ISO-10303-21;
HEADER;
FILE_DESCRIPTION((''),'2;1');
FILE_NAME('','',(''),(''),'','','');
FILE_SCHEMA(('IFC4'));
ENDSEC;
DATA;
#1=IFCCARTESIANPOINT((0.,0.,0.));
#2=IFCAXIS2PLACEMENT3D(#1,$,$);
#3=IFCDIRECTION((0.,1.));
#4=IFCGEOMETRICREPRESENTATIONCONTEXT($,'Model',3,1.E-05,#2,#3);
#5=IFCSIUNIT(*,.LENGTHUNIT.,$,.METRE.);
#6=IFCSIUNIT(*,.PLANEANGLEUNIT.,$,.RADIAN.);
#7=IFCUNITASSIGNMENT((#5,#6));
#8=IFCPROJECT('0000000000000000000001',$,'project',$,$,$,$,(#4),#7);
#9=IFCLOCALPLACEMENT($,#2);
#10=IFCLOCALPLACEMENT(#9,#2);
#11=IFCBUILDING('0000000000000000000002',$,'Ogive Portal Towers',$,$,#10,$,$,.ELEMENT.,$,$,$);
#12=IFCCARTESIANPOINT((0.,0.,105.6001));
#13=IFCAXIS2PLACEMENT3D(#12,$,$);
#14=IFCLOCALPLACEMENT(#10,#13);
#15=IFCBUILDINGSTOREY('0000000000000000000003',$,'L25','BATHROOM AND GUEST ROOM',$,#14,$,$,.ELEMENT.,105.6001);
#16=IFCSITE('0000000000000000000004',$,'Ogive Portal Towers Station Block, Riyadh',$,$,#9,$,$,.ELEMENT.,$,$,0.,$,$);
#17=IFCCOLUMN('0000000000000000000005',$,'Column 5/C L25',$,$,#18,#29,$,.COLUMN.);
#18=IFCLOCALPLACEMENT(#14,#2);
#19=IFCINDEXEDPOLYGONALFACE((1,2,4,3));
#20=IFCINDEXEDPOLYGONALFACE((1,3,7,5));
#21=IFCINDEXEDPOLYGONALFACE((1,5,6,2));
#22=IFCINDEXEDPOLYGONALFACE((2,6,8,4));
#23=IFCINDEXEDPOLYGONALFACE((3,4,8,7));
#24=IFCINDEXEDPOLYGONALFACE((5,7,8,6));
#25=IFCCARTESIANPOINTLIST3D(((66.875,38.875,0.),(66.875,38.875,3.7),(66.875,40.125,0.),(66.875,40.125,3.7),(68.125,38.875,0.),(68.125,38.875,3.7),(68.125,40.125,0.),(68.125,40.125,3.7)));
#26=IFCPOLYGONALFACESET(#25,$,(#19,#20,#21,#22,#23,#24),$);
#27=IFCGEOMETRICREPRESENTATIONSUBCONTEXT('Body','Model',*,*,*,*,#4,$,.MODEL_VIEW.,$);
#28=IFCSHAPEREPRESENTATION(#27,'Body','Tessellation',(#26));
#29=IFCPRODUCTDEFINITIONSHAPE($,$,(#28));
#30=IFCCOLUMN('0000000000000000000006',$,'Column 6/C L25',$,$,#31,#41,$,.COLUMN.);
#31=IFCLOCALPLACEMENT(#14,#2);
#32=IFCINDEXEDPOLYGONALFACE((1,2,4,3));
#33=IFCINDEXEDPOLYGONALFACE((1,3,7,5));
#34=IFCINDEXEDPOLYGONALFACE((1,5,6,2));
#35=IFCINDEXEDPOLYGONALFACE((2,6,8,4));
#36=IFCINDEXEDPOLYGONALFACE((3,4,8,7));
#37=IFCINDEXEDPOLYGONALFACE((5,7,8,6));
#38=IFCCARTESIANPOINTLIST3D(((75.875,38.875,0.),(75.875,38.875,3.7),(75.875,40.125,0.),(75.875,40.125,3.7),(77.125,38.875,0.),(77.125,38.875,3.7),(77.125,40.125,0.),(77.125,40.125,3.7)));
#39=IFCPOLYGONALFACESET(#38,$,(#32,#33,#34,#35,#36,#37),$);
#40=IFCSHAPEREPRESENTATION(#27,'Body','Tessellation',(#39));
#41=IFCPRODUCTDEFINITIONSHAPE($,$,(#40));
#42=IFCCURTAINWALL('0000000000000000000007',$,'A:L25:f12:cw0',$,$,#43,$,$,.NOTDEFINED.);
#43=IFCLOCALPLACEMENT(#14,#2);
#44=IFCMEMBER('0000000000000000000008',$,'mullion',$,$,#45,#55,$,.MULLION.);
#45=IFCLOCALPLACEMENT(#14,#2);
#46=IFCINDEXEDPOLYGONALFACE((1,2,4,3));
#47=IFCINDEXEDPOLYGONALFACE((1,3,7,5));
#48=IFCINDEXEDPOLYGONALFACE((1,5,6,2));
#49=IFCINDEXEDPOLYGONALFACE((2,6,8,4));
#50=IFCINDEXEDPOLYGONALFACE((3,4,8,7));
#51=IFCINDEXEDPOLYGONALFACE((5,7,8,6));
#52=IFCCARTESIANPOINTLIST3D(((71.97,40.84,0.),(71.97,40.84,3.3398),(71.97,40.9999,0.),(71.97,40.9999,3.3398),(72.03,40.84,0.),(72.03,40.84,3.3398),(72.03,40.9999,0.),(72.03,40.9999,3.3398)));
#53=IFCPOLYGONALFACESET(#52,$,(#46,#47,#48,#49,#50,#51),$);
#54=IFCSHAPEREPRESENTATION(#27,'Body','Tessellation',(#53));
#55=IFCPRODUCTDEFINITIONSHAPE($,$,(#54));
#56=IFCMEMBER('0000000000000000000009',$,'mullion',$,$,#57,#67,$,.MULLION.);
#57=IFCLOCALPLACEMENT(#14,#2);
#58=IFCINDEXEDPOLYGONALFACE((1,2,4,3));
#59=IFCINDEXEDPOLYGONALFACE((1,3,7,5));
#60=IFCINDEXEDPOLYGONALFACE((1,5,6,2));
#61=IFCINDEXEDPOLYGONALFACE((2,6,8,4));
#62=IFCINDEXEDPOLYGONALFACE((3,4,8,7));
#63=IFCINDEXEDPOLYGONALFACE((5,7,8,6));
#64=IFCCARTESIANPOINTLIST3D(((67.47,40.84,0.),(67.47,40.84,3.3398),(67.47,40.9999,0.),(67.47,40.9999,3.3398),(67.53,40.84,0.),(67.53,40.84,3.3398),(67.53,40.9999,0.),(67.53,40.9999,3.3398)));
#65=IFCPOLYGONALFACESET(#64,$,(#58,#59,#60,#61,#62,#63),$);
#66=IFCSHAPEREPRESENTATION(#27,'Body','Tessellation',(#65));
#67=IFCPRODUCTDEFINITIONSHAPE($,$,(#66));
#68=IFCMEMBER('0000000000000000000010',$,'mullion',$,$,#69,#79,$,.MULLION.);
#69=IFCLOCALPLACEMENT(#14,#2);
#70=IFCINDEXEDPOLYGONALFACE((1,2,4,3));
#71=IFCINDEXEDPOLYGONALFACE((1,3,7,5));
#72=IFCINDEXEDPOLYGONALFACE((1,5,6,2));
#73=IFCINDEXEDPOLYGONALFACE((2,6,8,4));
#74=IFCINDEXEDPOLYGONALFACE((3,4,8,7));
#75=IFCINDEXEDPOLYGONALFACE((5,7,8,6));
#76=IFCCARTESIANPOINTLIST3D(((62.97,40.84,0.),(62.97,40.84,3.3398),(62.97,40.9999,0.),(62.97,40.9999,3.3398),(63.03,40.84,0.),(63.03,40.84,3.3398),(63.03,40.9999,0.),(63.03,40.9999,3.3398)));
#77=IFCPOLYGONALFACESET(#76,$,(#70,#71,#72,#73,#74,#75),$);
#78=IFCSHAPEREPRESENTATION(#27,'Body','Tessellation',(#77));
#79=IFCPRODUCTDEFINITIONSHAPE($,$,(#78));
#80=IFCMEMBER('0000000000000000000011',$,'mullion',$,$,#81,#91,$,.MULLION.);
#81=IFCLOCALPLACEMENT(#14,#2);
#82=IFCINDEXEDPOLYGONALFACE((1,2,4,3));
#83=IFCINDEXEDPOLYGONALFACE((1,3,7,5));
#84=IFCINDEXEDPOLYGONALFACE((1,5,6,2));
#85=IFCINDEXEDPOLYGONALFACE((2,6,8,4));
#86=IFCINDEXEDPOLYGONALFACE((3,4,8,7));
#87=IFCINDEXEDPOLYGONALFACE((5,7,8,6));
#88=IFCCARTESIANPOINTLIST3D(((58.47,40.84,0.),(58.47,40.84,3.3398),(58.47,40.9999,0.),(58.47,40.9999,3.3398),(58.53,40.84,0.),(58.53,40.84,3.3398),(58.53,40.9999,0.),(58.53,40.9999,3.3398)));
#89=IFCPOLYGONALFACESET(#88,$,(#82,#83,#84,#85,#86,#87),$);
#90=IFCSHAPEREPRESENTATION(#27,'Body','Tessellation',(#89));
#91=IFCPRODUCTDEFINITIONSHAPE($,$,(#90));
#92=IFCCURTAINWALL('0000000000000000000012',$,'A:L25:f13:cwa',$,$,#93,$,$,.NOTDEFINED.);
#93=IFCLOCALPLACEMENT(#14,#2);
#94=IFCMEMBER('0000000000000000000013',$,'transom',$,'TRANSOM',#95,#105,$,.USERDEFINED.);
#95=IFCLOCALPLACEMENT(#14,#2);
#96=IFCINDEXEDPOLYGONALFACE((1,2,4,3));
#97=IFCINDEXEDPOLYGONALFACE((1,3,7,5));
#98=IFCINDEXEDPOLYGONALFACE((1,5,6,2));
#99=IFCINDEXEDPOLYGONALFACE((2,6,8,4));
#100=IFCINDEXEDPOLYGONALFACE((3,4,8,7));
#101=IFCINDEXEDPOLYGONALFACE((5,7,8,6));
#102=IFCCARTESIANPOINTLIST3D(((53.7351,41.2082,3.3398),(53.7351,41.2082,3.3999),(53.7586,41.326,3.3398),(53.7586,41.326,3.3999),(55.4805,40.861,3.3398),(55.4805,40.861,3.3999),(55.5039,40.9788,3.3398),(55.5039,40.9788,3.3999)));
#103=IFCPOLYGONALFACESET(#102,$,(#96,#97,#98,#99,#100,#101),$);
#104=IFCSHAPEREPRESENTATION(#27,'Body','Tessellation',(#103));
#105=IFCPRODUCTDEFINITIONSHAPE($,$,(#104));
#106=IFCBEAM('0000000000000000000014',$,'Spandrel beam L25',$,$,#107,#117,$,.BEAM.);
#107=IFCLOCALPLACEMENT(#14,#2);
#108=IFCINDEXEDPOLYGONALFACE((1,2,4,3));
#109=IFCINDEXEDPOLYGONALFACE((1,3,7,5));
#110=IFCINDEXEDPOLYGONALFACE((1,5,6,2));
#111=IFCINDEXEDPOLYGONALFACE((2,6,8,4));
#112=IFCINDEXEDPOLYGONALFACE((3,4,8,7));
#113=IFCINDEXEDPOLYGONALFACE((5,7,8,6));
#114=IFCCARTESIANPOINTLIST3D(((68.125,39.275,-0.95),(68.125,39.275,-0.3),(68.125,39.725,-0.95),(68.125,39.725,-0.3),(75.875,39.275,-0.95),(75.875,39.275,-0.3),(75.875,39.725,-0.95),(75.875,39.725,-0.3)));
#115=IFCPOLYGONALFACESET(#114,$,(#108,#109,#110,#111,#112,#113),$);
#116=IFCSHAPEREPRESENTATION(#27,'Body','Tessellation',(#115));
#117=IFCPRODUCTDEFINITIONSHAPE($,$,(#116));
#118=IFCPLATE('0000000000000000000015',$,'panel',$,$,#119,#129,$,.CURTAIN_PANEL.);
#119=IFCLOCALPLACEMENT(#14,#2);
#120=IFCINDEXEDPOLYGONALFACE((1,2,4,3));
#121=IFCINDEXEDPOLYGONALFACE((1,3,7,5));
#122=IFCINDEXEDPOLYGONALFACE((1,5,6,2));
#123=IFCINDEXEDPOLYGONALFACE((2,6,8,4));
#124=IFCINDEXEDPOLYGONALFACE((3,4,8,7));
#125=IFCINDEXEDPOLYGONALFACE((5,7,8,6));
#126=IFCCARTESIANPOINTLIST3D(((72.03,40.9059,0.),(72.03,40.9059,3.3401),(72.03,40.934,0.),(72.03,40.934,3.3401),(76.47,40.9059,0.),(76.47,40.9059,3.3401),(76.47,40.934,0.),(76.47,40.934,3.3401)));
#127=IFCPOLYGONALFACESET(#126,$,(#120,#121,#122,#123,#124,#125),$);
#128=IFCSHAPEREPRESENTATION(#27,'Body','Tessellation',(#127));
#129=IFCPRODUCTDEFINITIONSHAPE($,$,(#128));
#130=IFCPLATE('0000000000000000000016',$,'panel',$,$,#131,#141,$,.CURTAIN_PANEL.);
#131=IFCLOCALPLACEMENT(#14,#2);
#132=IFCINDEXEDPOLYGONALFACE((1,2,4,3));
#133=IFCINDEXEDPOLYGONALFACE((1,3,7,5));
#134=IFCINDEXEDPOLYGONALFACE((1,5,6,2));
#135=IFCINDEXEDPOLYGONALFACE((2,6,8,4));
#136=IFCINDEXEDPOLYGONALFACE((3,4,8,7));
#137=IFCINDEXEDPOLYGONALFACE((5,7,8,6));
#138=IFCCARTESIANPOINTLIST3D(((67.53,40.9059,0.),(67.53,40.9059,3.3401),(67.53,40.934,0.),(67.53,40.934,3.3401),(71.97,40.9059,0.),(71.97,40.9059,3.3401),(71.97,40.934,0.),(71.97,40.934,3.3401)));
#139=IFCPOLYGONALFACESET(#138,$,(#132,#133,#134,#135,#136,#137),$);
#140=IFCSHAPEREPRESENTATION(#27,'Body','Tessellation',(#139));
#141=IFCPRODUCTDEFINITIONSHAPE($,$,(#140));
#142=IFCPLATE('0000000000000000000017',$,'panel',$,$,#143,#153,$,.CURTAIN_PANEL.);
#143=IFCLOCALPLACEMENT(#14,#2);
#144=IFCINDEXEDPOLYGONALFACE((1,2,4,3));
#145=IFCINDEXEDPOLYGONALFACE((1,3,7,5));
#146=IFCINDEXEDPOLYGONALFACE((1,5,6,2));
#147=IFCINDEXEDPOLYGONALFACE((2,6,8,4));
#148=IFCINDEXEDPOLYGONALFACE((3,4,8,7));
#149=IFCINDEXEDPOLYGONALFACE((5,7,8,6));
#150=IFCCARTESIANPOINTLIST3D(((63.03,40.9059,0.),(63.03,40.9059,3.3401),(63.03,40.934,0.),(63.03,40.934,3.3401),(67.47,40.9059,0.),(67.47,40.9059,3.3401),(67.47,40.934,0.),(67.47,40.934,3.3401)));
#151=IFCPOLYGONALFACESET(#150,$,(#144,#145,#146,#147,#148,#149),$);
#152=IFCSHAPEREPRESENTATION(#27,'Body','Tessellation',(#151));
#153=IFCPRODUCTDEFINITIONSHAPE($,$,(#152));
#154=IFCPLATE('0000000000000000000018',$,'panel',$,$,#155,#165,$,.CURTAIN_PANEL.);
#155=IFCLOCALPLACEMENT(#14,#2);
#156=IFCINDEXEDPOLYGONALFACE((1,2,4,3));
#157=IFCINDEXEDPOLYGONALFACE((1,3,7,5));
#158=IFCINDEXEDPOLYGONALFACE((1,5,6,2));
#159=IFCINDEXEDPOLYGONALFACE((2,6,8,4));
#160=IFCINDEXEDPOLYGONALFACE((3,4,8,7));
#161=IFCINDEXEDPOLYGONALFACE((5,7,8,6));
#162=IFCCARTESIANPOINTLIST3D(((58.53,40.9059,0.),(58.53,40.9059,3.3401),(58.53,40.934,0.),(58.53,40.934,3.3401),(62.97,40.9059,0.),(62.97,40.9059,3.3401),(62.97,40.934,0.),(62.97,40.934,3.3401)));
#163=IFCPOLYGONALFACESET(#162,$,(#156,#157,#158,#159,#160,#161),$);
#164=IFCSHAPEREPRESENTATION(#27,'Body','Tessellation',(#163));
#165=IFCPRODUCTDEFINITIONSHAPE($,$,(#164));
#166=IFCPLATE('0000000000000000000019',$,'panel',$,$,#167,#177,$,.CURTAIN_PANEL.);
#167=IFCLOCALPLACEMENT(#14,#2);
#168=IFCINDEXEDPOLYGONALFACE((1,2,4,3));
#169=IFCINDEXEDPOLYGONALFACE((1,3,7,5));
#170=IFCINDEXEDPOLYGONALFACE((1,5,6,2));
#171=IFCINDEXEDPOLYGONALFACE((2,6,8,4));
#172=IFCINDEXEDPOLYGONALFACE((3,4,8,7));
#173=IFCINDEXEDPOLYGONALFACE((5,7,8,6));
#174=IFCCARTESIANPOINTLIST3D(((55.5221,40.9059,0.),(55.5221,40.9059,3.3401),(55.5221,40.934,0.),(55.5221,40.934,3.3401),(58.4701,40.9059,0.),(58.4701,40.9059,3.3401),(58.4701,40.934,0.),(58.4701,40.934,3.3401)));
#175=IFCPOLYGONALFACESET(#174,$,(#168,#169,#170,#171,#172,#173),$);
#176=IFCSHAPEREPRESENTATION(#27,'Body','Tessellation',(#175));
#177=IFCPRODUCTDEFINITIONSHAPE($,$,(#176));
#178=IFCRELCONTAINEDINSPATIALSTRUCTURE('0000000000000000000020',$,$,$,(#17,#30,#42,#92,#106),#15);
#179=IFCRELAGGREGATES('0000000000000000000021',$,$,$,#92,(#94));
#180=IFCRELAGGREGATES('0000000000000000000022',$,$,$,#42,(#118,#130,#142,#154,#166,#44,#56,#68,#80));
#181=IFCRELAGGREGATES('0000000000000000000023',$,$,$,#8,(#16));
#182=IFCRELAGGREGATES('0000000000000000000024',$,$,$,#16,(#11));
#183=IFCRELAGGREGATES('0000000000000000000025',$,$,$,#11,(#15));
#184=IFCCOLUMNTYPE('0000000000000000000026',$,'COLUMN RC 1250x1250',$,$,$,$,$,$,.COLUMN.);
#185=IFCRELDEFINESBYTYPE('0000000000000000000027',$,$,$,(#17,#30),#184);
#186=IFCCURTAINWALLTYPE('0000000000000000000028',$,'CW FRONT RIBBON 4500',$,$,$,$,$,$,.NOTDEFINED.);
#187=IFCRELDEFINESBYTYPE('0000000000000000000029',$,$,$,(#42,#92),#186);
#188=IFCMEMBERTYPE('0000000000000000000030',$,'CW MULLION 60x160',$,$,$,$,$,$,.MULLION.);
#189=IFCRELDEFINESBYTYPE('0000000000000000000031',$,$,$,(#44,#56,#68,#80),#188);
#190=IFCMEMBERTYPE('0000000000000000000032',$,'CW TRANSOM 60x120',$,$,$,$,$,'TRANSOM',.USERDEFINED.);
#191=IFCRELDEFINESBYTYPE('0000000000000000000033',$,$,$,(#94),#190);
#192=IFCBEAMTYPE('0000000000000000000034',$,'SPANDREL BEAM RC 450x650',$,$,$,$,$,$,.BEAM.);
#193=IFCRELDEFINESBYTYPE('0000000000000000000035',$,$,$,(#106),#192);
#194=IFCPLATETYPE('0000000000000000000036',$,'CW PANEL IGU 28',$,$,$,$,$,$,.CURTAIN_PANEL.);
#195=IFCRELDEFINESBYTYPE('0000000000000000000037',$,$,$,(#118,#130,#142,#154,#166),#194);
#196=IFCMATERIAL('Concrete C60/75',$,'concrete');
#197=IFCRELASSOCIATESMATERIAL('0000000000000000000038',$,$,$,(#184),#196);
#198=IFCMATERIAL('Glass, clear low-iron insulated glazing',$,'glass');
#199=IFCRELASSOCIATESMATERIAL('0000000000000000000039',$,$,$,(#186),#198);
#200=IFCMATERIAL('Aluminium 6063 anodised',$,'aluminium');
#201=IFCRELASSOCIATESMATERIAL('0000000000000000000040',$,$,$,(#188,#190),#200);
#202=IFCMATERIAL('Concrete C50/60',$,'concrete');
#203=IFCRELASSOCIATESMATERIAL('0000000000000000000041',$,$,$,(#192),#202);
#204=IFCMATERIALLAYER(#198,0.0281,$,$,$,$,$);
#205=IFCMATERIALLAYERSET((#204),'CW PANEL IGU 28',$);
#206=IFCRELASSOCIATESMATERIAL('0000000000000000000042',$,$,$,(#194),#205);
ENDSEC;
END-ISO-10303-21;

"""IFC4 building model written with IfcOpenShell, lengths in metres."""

from ifc_helpers import new_model, si_unit, direction, frame, origin, origin_2d, place, context, subcontext, project, spatial, rectangle, extrude, material, layer, layer_set, material_profile, profile_set, type_object, element, aggregate, save


model = new_model("IFC4")

# Units and contexts
model_context = context("Model", 3, precision=1e-05, world=origin(), true_north=direction((0.0, 1.0)))
body_context = subcontext(model_context, "Body", "Model", "MODEL_VIEW")
ifc_project = project(units=[si_unit("LENGTHUNIT", "METRE"), si_unit("PLANEANGLEUNIT", "RADIAN")], contexts=[model_context])

# Site, building, storey
site_placement = place(None, origin())
site = spatial("IfcSite", under=ifc_project, at=site_placement, Name="Ogive Portal Towers Station Block, Riyadh", CompositionType="ELEMENT", RefElevation=0.0)
building_placement = place(site_placement, origin())
building = spatial("IfcBuilding", under=site, at=building_placement, Name="Ogive Portal Towers", CompositionType="ELEMENT")
storey_placement = place(building_placement, frame((0.0, 0.0, 105.6001)))
storey = spatial("IfcBuildingStorey", under=building, at=storey_placement, Name="L25", Description="BATHROOM AND GUEST ROOM", CompositionType="ELEMENT", Elevation=105.6001)

# Columns
ifc_material_1 = material(Name="Concrete C60/75", Category="concrete")
ifc_material_profile_1 = material_profile(ifc_material_1, rectangle(XDim=1.25, YDim=1.25, at=origin_2d()), Name="RC 1250x1250")
ifc_profile_set_1 = profile_set([ifc_material_profile_1], Name="Concrete C60/75")
column_type = type_object("IfcColumnType", Name="COLUMN RC 1250x1250", PredefinedType="COLUMN", material=ifc_profile_set_1)
for number, where, z_axis, x_axis, name in (
    (1, (67.5, 39.5, 0.0), (0.0, 0.0, 1.0), (1.0, 0.0, 0.0), "Column 5/C L25"),
    (2, (76.5, 39.5, 0.0), (0.0, 0.0, 1.0), (1.0, 0.0, 0.0), "Column 6/C L25"),
):
    element("IfcColumn", number, at=place(storey_placement, frame(where, z_axis=z_axis, x_axis=x_axis)), inside=storey, type_object=column_type, Name=name, PredefinedType="COLUMN", context=body_context, shape_type="SweptSolid", body=[
        extrude(rectangle(XDim=1.25, YDim=1.25, at=origin_2d()), origin(), (0.0, 0.0, 1.0), 3.7),
    ])

# Curtain wall, members
ifc_material_2 = material(Name="Glass, clear low-iron insulated glazing", Category="glass")
curtain_wall_type = type_object("IfcCurtainWallType", Name="CW FRONT RIBBON 4500", PredefinedType="NOTDEFINED", material=ifc_material_2)
curtain_wall_1_placement = place(storey_placement, origin())
curtain_wall_1 = element("IfcCurtainWall", 3, at=curtain_wall_1_placement, inside=storey, type_object=curtain_wall_type, Name="A:L25:f12:cw0", PredefinedType="NOTDEFINED")
ifc_material_3 = material(Name="Aluminium 6063 anodised", Category="aluminium")
ifc_material_profile_2 = material_profile(ifc_material_3, rectangle(XDim=0.1599, YDim=0.0601, at=origin_2d()), Name="AL 60x160")
ifc_profile_set_2 = profile_set([ifc_material_profile_2], Name="Aluminium 6063 anodised")
member_type_1 = type_object("IfcMemberType", Name="CW MULLION 60x160", PredefinedType="MULLION", material=ifc_profile_set_2)
member_1_placement = place(storey_placement, frame((72.0, 40.9199, 0.0), z_axis=(0.0, 0.0, 1.0), x_axis=(0.0, -1.0, 0.0)))
member_1 = element("IfcMember", 4, at=member_1_placement, type_object=member_type_1, Name="mullion", PredefinedType="MULLION", context=body_context, shape_type="SweptSolid", body=[
    extrude(rectangle(XDim=0.1599, YDim=0.0601, at=origin_2d()), origin(), (0.0, 0.0, 1.0), 3.3398),
])
member_2_placement = place(storey_placement, frame((67.5, 40.9199, 0.0), z_axis=(0.0, 0.0, 1.0), x_axis=(0.0, -1.0, 0.0)))
member_2 = element("IfcMember", 5, at=member_2_placement, type_object=member_type_1, Name="mullion", PredefinedType="MULLION", context=body_context, shape_type="SweptSolid", body=[
    extrude(rectangle(XDim=0.1599, YDim=0.0601, at=origin_2d()), origin(), (0.0, 0.0, 1.0), 3.3398),
])
member_3_placement = place(storey_placement, frame((63.0, 40.9199, 0.0), z_axis=(0.0, 0.0, 1.0), x_axis=(0.0, -1.0, 0.0)))
member_3 = element("IfcMember", 6, at=member_3_placement, type_object=member_type_1, Name="mullion", PredefinedType="MULLION", context=body_context, shape_type="SweptSolid", body=[
    extrude(rectangle(XDim=0.1599, YDim=0.0601, at=origin_2d()), origin(), (0.0, 0.0, 1.0), 3.3398),
])
member_4_placement = place(storey_placement, frame((58.5, 40.9199, 0.0), z_axis=(0.0, 0.0, 1.0), x_axis=(0.0, -1.0, 0.0)))
member_4 = element("IfcMember", 7, at=member_4_placement, type_object=member_type_1, Name="mullion", PredefinedType="MULLION", context=body_context, shape_type="SweptSolid", body=[
    extrude(rectangle(XDim=0.1599, YDim=0.0601, at=origin_2d()), origin(), (0.0, 0.0, 1.0), 3.3398),
])

# Curtain wall, member
curtain_wall_2_placement = place(storey_placement, origin())
curtain_wall_2 = element("IfcCurtainWall", 8, at=curtain_wall_2_placement, inside=storey, type_object=curtain_wall_type, Name="A:L25:f13:cwa", PredefinedType="NOTDEFINED")
ifc_material_profile_3 = material_profile(ifc_material_3, rectangle(XDim=0.1201, YDim=0.0601, at=origin_2d()), Name="AL 120x60")
ifc_profile_set_3 = profile_set([ifc_material_profile_3], Name="Aluminium 6063 anodised")
member_type_2 = type_object("IfcMemberType", Name="CW TRANSOM 60x120", ElementType="TRANSOM", PredefinedType="USERDEFINED", material=ifc_profile_set_3)
member_5_placement = place(storey_placement, frame((55.4922, 40.9199, 3.3699), z_axis=(-0.980786, 0.195087, 0.0), x_axis=(-0.195087, -0.980786, 0.0)))
member_5 = element("IfcMember", 9, at=member_5_placement, type_object=member_type_2, Name="transom", ObjectType="TRANSOM", PredefinedType="USERDEFINED", context=body_context, shape_type="SweptSolid", body=[
    extrude(rectangle(XDim=0.1201, YDim=0.0601, at=origin_2d()), origin(), (0.0, 0.0, 1.0), 1.7795),
])
aggregate(curtain_wall_2, [member_5])

# Beam
ifc_material_4 = material(Name="Concrete C50/60", Category="concrete")
ifc_material_profile_4 = material_profile(ifc_material_4, rectangle(XDim=0.45, YDim=0.6499, at=origin_2d()), Name="RC 450x650")
ifc_profile_set_4 = profile_set([ifc_material_profile_4], Name="Concrete C50/60")
beam_type = type_object("IfcBeamType", Name="SPANDREL BEAM RC 450x650", PredefinedType="BEAM", material=ifc_profile_set_4)
beam_placement = place(storey_placement, frame((68.125, 39.5, -0.625), z_axis=(1.0, 0.0, 0.0), x_axis=(0.0, 1.0, 0.0)))
element("IfcBeam", 10, at=beam_placement, inside=storey, type_object=beam_type, Name="Spandrel beam L25", PredefinedType="BEAM", context=body_context, shape_type="SweptSolid", body=[
    extrude(rectangle(XDim=0.45, YDim=0.6499, at=origin_2d()), origin(), (0.0, 0.0, 1.0), 7.75),
])

# Plates
ifc_layer_1 = layer(ifc_material_2, 0.0281)
ifc_layer_set_1 = layer_set([ifc_layer_1], Name="CW PANEL IGU 28")
plate_type = type_object("IfcPlateType", Name="CW PANEL IGU 28", PredefinedType="CURTAIN_PANEL", material=ifc_layer_set_1)
plate_1_placement = place(storey_placement, frame((74.25, 40.9199, 0.0), z_axis=(0.0, 0.0, 1.0), x_axis=(-1.0, 0.0, 0.0)))
plate_1 = element("IfcPlate", 11, at=plate_1_placement, type_object=plate_type, Name="panel", PredefinedType="CURTAIN_PANEL", context=body_context, shape_type="SweptSolid", body=[
    extrude(rectangle(XDim=4.4399, YDim=0.0281, at=origin_2d()), origin(), (0.0, 0.0, 1.0), 3.3401),
])
plate_2_placement = place(storey_placement, frame((69.75, 40.9199, 0.0), z_axis=(0.0, 0.0, 1.0), x_axis=(-1.0, 0.0, 0.0)))
plate_2 = element("IfcPlate", 12, at=plate_2_placement, type_object=plate_type, Name="panel", PredefinedType="CURTAIN_PANEL", context=body_context, shape_type="SweptSolid", body=[
    extrude(rectangle(XDim=4.4399, YDim=0.0281, at=origin_2d()), origin(), (0.0, 0.0, 1.0), 3.3401),
])
plate_3_placement = place(storey_placement, frame((65.25, 40.9199, 0.0), z_axis=(0.0, 0.0, 1.0), x_axis=(-1.0, 0.0, 0.0)))
plate_3 = element("IfcPlate", 13, at=plate_3_placement, type_object=plate_type, Name="panel", PredefinedType="CURTAIN_PANEL", context=body_context, shape_type="SweptSolid", body=[
    extrude(rectangle(XDim=4.4399, YDim=0.0281, at=origin_2d()), origin(), (0.0, 0.0, 1.0), 3.3401),
])
plate_4_placement = place(storey_placement, frame((60.75, 40.9199, 0.0), z_axis=(0.0, 0.0, 1.0), x_axis=(-1.0, 0.0, 0.0)))
plate_4 = element("IfcPlate", 14, at=plate_4_placement, type_object=plate_type, Name="panel", PredefinedType="CURTAIN_PANEL", context=body_context, shape_type="SweptSolid", body=[
    extrude(rectangle(XDim=4.4399, YDim=0.0281, at=origin_2d()), origin(), (0.0, 0.0, 1.0), 3.3401),
])
plate_5_placement = place(storey_placement, frame((56.9961, 40.9199, 0.0), z_axis=(0.0, 0.0, 1.0), x_axis=(-1.0, 0.0, 0.0)))
plate_5 = element("IfcPlate", 15, at=plate_5_placement, type_object=plate_type, Name="panel", PredefinedType="CURTAIN_PANEL", context=body_context, shape_type="SweptSolid", body=[
    extrude(rectangle(XDim=2.948, YDim=0.0281, at=origin_2d()), origin(), (0.0, 0.0, 1.0), 3.3401),
])
aggregate(curtain_wall_1, [plate_1, plate_2, plate_3, plate_4, plate_5, member_1, member_2, member_3, member_4])

save(model, "model.ifc")
